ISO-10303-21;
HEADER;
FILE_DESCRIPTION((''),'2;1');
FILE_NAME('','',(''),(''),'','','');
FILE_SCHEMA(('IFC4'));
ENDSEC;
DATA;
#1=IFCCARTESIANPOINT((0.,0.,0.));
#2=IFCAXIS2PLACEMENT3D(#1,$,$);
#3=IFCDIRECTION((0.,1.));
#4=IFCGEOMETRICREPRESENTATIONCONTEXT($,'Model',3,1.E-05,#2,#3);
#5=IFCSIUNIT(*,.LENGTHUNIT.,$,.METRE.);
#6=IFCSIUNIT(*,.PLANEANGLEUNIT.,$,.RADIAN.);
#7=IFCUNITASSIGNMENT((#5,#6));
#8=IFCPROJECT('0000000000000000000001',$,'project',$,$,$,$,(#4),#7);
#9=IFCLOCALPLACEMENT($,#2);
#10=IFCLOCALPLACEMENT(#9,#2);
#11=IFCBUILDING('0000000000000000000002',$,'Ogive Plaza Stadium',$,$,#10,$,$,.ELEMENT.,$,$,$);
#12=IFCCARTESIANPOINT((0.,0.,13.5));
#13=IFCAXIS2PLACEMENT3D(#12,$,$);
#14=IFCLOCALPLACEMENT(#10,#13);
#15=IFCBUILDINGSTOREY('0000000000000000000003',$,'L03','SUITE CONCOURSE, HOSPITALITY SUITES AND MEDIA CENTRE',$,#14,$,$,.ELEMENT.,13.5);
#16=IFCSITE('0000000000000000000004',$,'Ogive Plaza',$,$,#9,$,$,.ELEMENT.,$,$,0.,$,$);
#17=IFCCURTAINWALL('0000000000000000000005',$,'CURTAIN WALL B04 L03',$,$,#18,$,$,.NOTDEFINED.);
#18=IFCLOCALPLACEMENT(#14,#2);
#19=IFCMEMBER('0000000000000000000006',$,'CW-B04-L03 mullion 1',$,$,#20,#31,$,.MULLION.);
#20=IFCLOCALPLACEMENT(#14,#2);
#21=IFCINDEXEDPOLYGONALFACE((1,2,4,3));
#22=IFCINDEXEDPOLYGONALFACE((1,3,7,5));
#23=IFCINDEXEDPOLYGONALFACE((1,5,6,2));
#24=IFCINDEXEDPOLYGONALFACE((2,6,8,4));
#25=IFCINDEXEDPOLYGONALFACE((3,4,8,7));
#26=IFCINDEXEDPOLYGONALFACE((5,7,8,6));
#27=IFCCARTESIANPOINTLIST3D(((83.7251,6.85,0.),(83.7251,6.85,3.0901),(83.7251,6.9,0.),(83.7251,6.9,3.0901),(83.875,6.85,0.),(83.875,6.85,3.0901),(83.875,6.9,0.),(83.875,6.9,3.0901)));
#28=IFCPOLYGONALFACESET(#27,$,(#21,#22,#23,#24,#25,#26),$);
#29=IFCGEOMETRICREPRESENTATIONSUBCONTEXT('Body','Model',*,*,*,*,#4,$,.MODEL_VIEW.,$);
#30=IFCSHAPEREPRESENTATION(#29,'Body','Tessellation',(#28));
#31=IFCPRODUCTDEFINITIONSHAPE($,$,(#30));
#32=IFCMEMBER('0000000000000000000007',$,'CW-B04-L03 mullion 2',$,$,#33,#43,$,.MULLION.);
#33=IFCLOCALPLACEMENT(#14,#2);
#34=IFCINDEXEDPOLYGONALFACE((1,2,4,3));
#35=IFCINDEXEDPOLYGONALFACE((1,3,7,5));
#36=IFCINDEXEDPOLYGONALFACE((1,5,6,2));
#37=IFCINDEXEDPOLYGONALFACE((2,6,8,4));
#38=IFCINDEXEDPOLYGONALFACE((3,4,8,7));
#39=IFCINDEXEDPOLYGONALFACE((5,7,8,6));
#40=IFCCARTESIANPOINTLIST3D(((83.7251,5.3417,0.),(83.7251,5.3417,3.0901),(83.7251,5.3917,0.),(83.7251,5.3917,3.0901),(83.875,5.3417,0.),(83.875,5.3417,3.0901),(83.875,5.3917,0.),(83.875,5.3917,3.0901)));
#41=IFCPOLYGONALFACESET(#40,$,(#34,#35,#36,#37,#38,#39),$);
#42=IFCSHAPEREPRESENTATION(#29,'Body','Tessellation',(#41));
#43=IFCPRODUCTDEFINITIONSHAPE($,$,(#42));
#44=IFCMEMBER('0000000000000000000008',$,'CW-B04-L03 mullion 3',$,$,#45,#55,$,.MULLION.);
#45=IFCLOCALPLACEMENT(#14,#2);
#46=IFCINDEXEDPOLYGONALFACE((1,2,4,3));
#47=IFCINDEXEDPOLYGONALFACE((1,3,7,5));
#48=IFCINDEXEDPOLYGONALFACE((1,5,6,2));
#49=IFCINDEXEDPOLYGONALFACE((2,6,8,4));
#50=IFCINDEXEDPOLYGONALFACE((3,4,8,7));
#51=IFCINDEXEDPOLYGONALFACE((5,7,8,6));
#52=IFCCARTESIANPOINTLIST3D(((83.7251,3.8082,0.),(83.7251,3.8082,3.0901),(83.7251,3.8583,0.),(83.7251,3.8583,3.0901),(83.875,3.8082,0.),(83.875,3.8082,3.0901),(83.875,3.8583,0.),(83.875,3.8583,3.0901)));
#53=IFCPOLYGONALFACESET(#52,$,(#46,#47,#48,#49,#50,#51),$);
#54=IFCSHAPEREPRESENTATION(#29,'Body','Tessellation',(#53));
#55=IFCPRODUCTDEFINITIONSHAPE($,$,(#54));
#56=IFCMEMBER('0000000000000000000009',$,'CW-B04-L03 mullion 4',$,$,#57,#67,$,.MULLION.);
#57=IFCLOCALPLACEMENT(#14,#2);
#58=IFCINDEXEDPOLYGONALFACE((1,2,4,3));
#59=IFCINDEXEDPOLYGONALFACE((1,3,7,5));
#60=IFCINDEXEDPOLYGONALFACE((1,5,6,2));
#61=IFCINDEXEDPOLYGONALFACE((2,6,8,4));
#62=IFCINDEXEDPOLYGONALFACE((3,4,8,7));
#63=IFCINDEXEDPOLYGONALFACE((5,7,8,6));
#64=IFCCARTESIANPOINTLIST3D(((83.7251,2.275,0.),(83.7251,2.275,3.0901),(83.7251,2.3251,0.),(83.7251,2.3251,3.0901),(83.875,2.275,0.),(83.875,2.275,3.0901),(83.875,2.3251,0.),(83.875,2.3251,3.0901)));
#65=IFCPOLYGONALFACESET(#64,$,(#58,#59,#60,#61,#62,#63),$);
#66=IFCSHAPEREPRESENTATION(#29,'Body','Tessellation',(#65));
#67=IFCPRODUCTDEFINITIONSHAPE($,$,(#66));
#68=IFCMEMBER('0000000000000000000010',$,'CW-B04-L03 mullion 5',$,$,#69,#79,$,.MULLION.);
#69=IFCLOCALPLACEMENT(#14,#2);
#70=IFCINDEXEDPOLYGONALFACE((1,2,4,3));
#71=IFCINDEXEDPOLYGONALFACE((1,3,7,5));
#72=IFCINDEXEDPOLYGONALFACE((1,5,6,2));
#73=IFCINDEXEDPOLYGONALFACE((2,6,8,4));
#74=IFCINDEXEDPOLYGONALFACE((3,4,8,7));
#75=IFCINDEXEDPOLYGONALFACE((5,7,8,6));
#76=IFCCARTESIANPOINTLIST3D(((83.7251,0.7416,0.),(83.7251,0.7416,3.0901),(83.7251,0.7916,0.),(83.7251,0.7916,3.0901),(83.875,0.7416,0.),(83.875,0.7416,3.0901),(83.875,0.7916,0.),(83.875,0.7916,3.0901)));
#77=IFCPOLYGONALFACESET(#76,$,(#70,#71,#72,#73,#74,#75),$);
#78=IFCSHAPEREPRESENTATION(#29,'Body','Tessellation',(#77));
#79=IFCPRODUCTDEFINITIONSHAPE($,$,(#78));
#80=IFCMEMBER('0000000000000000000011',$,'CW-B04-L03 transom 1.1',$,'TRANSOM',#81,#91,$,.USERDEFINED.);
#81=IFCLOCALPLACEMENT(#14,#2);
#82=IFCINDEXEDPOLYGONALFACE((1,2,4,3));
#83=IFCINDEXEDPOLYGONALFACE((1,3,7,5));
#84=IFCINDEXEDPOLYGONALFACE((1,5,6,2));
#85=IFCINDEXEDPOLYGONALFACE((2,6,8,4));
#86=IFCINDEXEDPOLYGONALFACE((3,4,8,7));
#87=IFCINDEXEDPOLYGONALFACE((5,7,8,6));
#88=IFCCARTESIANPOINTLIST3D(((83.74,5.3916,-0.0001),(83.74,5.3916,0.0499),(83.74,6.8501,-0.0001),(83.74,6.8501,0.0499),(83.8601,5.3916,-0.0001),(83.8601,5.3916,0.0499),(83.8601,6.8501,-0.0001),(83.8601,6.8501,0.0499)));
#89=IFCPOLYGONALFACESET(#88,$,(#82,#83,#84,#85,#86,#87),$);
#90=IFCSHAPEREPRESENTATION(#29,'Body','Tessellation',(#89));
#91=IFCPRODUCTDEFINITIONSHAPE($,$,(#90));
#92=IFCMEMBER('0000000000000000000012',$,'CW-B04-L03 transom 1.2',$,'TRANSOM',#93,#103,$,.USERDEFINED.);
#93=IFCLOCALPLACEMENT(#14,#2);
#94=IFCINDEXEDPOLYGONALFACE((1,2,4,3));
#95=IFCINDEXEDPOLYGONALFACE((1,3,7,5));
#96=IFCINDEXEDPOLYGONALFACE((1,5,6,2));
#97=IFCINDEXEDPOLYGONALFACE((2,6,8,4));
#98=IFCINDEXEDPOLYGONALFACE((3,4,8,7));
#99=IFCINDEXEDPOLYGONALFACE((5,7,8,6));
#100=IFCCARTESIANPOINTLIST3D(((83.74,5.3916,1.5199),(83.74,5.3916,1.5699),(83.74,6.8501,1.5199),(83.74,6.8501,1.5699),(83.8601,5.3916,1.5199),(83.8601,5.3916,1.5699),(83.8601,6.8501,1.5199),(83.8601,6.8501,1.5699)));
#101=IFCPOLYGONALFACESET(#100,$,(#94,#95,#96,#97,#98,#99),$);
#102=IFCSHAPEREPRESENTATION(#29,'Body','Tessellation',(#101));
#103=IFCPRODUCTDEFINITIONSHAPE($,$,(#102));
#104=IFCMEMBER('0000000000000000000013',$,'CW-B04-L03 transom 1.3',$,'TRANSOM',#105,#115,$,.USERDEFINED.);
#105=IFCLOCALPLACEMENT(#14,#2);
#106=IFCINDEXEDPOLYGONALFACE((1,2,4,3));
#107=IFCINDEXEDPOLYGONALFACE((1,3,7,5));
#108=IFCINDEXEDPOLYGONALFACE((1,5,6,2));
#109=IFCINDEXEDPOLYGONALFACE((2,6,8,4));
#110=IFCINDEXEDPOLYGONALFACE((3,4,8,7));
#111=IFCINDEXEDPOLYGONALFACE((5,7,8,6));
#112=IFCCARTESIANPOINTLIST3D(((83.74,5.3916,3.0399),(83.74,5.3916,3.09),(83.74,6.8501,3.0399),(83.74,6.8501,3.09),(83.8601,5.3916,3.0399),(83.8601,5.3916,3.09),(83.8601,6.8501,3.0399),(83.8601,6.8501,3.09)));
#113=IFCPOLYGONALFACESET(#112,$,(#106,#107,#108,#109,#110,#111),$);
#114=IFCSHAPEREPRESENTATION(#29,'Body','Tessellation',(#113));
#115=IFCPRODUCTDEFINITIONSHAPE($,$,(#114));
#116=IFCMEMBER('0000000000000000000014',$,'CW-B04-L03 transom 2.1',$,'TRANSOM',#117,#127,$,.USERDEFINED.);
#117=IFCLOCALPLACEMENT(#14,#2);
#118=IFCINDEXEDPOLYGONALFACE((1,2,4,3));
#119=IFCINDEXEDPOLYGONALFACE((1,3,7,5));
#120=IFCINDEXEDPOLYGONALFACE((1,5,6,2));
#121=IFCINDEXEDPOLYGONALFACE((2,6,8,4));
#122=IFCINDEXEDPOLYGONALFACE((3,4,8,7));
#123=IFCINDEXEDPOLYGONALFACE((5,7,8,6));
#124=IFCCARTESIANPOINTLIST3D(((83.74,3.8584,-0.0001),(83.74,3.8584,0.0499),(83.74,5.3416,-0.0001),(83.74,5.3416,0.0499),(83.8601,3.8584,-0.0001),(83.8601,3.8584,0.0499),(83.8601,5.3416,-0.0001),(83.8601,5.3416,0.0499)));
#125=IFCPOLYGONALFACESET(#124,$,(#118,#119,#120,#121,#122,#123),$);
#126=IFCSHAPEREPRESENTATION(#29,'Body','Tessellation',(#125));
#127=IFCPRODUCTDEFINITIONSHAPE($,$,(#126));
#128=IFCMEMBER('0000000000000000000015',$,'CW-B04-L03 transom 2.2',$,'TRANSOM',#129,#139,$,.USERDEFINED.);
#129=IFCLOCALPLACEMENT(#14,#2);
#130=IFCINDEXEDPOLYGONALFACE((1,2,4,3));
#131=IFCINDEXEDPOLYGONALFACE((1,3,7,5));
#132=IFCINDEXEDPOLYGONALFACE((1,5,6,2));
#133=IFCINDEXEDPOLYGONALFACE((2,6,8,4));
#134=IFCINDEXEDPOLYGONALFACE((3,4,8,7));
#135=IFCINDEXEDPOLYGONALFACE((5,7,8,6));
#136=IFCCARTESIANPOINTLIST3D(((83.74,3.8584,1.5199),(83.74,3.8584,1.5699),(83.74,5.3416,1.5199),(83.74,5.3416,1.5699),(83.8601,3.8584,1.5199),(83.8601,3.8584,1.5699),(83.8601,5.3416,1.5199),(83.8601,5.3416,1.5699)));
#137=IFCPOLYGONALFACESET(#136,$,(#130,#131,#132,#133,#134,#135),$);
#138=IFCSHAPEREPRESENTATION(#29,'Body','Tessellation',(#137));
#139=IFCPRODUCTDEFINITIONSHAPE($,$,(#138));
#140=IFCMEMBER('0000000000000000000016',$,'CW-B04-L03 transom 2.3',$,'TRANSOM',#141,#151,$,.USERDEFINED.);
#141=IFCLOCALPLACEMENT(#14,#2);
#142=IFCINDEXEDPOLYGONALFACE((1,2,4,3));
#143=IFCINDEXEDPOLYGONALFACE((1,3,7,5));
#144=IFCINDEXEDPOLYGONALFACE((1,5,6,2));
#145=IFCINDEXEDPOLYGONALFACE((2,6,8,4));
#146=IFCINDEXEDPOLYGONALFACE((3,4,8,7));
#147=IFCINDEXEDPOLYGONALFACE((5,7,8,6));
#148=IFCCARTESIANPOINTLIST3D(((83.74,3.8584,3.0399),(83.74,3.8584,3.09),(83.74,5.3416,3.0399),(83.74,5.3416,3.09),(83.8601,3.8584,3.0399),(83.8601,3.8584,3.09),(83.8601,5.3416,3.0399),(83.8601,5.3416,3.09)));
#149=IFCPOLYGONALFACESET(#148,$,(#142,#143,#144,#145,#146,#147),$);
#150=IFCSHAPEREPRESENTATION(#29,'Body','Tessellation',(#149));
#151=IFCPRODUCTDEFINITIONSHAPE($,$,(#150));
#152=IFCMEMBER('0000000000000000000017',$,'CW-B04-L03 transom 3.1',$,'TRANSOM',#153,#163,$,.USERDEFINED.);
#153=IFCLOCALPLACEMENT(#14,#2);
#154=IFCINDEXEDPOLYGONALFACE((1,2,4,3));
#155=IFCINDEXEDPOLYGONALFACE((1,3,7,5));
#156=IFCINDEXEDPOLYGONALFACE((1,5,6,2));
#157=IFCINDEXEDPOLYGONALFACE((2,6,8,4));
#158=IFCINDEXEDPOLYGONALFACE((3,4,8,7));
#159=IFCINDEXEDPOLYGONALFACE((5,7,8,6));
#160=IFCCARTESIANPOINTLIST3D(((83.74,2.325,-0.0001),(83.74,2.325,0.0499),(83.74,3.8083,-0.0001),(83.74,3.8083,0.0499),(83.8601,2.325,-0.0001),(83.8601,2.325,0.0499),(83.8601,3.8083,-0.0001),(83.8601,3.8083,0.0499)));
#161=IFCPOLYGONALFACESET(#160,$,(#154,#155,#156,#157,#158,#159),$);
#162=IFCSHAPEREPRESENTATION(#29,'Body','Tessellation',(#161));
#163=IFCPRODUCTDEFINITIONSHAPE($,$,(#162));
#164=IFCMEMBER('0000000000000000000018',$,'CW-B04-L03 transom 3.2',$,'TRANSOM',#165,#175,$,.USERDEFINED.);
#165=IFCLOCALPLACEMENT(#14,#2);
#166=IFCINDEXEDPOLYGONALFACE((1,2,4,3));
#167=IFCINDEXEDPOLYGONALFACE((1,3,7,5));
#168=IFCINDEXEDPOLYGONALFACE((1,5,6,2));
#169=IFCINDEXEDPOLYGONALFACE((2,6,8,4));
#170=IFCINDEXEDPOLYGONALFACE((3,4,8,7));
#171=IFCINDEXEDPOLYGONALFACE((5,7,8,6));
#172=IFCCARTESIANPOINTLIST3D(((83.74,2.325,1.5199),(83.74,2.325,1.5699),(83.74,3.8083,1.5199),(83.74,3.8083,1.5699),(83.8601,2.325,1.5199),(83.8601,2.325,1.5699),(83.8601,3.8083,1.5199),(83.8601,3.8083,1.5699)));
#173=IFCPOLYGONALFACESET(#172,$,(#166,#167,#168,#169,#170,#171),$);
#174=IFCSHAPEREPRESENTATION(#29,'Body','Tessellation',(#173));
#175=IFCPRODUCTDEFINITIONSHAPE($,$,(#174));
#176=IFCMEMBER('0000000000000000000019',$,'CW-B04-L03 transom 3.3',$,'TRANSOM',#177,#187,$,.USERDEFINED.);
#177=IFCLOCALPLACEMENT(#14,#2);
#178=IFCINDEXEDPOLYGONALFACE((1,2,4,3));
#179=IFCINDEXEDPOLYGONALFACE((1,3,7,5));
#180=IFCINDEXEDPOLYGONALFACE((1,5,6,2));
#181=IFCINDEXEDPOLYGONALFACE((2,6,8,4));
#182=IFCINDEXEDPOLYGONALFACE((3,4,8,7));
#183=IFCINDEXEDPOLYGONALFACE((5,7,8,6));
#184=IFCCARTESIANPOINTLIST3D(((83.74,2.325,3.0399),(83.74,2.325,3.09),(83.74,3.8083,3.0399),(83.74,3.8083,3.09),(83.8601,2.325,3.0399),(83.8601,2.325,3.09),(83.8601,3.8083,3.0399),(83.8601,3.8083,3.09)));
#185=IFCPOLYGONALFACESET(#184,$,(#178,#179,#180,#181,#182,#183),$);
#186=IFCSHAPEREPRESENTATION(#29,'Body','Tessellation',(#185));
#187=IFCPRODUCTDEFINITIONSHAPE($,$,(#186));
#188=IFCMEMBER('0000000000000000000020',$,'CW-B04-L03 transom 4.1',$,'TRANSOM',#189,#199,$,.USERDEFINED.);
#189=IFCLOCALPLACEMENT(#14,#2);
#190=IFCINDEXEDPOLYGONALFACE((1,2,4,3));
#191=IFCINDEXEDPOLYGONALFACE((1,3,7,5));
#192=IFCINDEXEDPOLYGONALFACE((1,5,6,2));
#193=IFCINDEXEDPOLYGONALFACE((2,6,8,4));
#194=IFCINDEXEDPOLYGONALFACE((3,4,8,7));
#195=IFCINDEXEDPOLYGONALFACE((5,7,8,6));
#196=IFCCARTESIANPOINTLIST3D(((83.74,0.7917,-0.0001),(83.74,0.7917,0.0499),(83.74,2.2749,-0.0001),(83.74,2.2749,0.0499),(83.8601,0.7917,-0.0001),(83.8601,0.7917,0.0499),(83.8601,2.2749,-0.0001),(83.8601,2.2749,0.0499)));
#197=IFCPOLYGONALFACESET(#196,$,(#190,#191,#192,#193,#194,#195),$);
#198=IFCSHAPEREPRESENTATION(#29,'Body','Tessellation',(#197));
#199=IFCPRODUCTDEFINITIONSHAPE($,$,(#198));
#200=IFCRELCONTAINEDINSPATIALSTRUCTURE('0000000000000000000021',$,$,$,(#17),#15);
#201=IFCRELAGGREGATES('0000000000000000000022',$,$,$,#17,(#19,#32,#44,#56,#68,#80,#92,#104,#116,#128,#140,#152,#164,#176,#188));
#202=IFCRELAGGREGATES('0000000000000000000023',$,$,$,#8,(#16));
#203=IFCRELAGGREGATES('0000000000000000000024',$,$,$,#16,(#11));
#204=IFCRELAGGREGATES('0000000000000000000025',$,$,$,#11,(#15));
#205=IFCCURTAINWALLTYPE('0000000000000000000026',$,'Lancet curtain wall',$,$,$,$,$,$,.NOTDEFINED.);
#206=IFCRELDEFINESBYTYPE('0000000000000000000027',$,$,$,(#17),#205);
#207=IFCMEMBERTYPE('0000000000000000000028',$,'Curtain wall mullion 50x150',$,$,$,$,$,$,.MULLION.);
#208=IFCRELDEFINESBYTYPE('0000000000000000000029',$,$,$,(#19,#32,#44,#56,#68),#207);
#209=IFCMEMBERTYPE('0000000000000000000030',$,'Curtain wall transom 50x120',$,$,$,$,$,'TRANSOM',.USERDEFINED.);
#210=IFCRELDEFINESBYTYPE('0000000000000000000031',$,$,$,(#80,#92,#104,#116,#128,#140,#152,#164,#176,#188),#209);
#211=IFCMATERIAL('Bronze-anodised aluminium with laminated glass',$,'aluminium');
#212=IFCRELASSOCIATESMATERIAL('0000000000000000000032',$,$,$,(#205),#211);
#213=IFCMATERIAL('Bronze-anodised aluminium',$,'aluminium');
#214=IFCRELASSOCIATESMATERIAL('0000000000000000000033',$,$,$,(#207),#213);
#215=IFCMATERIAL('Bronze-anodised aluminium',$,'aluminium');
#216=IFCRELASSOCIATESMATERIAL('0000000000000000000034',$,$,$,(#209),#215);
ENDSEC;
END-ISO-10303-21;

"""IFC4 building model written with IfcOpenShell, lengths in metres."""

from ifc_helpers import new_model, si_unit, direction, frame, origin, origin_2d, place, context, subcontext, project, spatial, rectangle, extrude, material, material_profile, profile_set, type_object, element, aggregate, save


model = new_model("IFC4")

# Units and contexts
model_context = context("Model", 3, precision=1e-05, world=origin(), true_north=direction((0.0, 1.0)))
body_context = subcontext(model_context, "Body", "Model", "MODEL_VIEW")
ifc_project = project(units=[si_unit("LENGTHUNIT", "METRE"), si_unit("PLANEANGLEUNIT", "RADIAN")], contexts=[model_context])

# Site, building, storey
site_placement = place(None, origin())
site = spatial("IfcSite", under=ifc_project, at=site_placement, Name="Ogive Plaza", CompositionType="ELEMENT", RefElevation=0.0)
building_placement = place(site_placement, origin())
building = spatial("IfcBuilding", under=site, at=building_placement, Name="Ogive Plaza Stadium", CompositionType="ELEMENT")
storey_placement = place(building_placement, frame((0.0, 0.0, 13.5)))
storey = spatial("IfcBuildingStorey", under=building, at=storey_placement, Name="L03", Description="SUITE CONCOURSE, HOSPITALITY SUITES AND MEDIA CENTRE", CompositionType="ELEMENT", Elevation=13.5)

# Curtain wall, members
ifc_material_1 = material(Name="Bronze-anodised aluminium with laminated glass", Category="aluminium")
curtain_wall_type = type_object("IfcCurtainWallType", Name="Lancet curtain wall", PredefinedType="NOTDEFINED", material=ifc_material_1)
curtain_wall_placement = place(storey_placement, origin())
curtain_wall = element("IfcCurtainWall", 1, at=curtain_wall_placement, inside=storey, type_object=curtain_wall_type, Name="CURTAIN WALL B04 L03", PredefinedType="NOTDEFINED")
ifc_material_2 = material(Name="Bronze-anodised aluminium", Category="aluminium")
ifc_material_profile_1 = material_profile(ifc_material_2, rectangle(XDim=0.1499, YDim=0.05, at=origin_2d()), Name="AL 150x50")
ifc_profile_set_1 = profile_set([ifc_material_profile_1], Name="Bronze-anodised aluminium")
member_type_1 = type_object("IfcMemberType", Name="Curtain wall mullion 50x150", PredefinedType="MULLION", material=ifc_profile_set_1)
member_1_placement = place(storey_placement, frame((83.8, 6.875, 0.0), z_axis=(0.0, 0.0, 1.0), x_axis=(1.0, 0.0, 0.0)))
member_1 = element("IfcMember", 2, at=member_1_placement, type_object=member_type_1, Name="CW-B04-L03 mullion 1", PredefinedType="MULLION", context=body_context, shape_type="SweptSolid", body=[
    extrude(rectangle(XDim=0.1499, YDim=0.05, at=origin_2d()), origin(), (0.0, 0.0, 1.0), 3.0901),
])
member_2_placement = place(storey_placement, frame((83.8, 5.3667, 0.0), z_axis=(0.0, 0.0, 1.0), x_axis=(1.0, 0.0, 0.0)))
member_2 = element("IfcMember", 3, at=member_2_placement, type_object=member_type_1, Name="CW-B04-L03 mullion 2", PredefinedType="MULLION", context=body_context, shape_type="SweptSolid", body=[
    extrude(rectangle(XDim=0.1499, YDim=0.05, at=origin_2d()), origin(), (0.0, 0.0, 1.0), 3.0901),
])
member_3_placement = place(storey_placement, frame((83.8, 3.8333, 0.0), z_axis=(0.0, 0.0, 1.0), x_axis=(1.0, 0.0, 0.0)))
member_3 = element("IfcMember", 4, at=member_3_placement, type_object=member_type_1, Name="CW-B04-L03 mullion 3", PredefinedType="MULLION", context=body_context, shape_type="SweptSolid", body=[
    extrude(rectangle(XDim=0.1499, YDim=0.05, at=origin_2d()), origin(), (0.0, 0.0, 1.0), 3.0901),
])
member_4_placement = place(storey_placement, frame((83.8, 2.3, 0.0), z_axis=(0.0, 0.0, 1.0), x_axis=(1.0, 0.0, 0.0)))
member_4 = element("IfcMember", 5, at=member_4_placement, type_object=member_type_1, Name="CW-B04-L03 mullion 4", PredefinedType="MULLION", context=body_context, shape_type="SweptSolid", body=[
    extrude(rectangle(XDim=0.1499, YDim=0.05, at=origin_2d()), origin(), (0.0, 0.0, 1.0), 3.0901),
])
member_5_placement = place(storey_placement, frame((83.8, 0.7666, 0.0), z_axis=(0.0, 0.0, 1.0), x_axis=(1.0, 0.0, 0.0)))
member_5 = element("IfcMember", 6, at=member_5_placement, type_object=member_type_1, Name="CW-B04-L03 mullion 5", PredefinedType="MULLION", context=body_context, shape_type="SweptSolid", body=[
    extrude(rectangle(XDim=0.1499, YDim=0.05, at=origin_2d()), origin(), (0.0, 0.0, 1.0), 3.0901),
])
ifc_material_3 = material(Name="Bronze-anodised aluminium", Category="aluminium")
ifc_material_profile_2 = material_profile(ifc_material_3, rectangle(XDim=0.1201, YDim=0.05, at=origin_2d()), Name="AL 120x50")
ifc_profile_set_2 = profile_set([ifc_material_profile_2], Name="Bronze-anodised aluminium")
member_type_2 = type_object("IfcMemberType", Name="Curtain wall transom 50x120", ElementType="TRANSOM", PredefinedType="USERDEFINED", material=ifc_profile_set_2)
member_6_placement = place(storey_placement, frame((83.8, 6.8501, 0.0249), z_axis=(0.0, -1.0, 0.0), x_axis=(1.0, 0.0, 0.0)))
member_6 = element("IfcMember", 7, at=member_6_placement, type_object=member_type_2, Name="CW-B04-L03 transom 1.1", ObjectType="TRANSOM", PredefinedType="USERDEFINED", context=body_context, shape_type="SweptSolid", body=[
    extrude(rectangle(XDim=0.1201, YDim=0.05, at=origin_2d()), origin(), (0.0, 0.0, 1.0), 1.4585),
])
member_7_placement = place(storey_placement, frame((83.8, 6.8501, 1.5449), z_axis=(0.0, -1.0, 0.0), x_axis=(1.0, 0.0, 0.0)))
member_7 = element("IfcMember", 8, at=member_7_placement, type_object=member_type_2, Name="CW-B04-L03 transom 1.2", ObjectType="TRANSOM", PredefinedType="USERDEFINED", context=body_context, shape_type="SweptSolid", body=[
    extrude(rectangle(XDim=0.1201, YDim=0.05, at=origin_2d()), origin(), (0.0, 0.0, 1.0), 1.4585),
])
member_8_placement = place(storey_placement, frame((83.8, 6.8501, 3.0649), z_axis=(0.0, -1.0, 0.0), x_axis=(1.0, 0.0, 0.0)))
member_8 = element("IfcMember", 9, at=member_8_placement, type_object=member_type_2, Name="CW-B04-L03 transom 1.3", ObjectType="TRANSOM", PredefinedType="USERDEFINED", context=body_context, shape_type="SweptSolid", body=[
    extrude(rectangle(XDim=0.1201, YDim=0.05, at=origin_2d()), origin(), (0.0, 0.0, 1.0), 1.4585),
])
member_9_placement = place(storey_placement, frame((83.8, 5.3416, 0.0249), z_axis=(0.0, -1.0, 0.0), x_axis=(1.0, 0.0, 0.0)))
member_9 = element("IfcMember", 10, at=member_9_placement, type_object=member_type_2, Name="CW-B04-L03 transom 2.1", ObjectType="TRANSOM", PredefinedType="USERDEFINED", context=body_context, shape_type="SweptSolid", body=[
    extrude(rectangle(XDim=0.1201, YDim=0.05, at=origin_2d()), origin(), (0.0, 0.0, 1.0), 1.4832),
])
member_10_placement = place(storey_placement, frame((83.8, 5.3416, 1.5449), z_axis=(0.0, -1.0, 0.0), x_axis=(1.0, 0.0, 0.0)))
member_10 = element("IfcMember", 11, at=member_10_placement, type_object=member_type_2, Name="CW-B04-L03 transom 2.2", ObjectType="TRANSOM", PredefinedType="USERDEFINED", context=body_context, shape_type="SweptSolid", body=[
    extrude(rectangle(XDim=0.1201, YDim=0.05, at=origin_2d()), origin(), (0.0, 0.0, 1.0), 1.4832),
])
member_11_placement = place(storey_placement, frame((83.8, 5.3416, 3.0649), z_axis=(0.0, -1.0, 0.0), x_axis=(1.0, 0.0, 0.0)))
member_11 = element("IfcMember", 12, at=member_11_placement, type_object=member_type_2, Name="CW-B04-L03 transom 2.3", ObjectType="TRANSOM", PredefinedType="USERDEFINED", context=body_context, shape_type="SweptSolid", body=[
    extrude(rectangle(XDim=0.1201, YDim=0.05, at=origin_2d()), origin(), (0.0, 0.0, 1.0), 1.4832),
])
member_12_placement = place(storey_placement, frame((83.8, 3.8083, 0.0249), z_axis=(0.0, -1.0, 0.0), x_axis=(1.0, 0.0, 0.0)))
member_12 = element("IfcMember", 13, at=member_12_placement, type_object=member_type_2, Name="CW-B04-L03 transom 3.1", ObjectType="TRANSOM", PredefinedType="USERDEFINED", context=body_context, shape_type="SweptSolid", body=[
    extrude(rectangle(XDim=0.1201, YDim=0.05, at=origin_2d()), origin(), (0.0, 0.0, 1.0), 1.4834),
])
member_13_placement = place(storey_placement, frame((83.8, 3.8083, 1.5449), z_axis=(0.0, -1.0, 0.0), x_axis=(1.0, 0.0, 0.0)))
member_13 = element("IfcMember", 14, at=member_13_placement, type_object=member_type_2, Name="CW-B04-L03 transom 3.2", ObjectType="TRANSOM", PredefinedType="USERDEFINED", context=body_context, shape_type="SweptSolid", body=[
    extrude(rectangle(XDim=0.1201, YDim=0.05, at=origin_2d()), origin(), (0.0, 0.0, 1.0), 1.4834),
])
member_14_placement = place(storey_placement, frame((83.8, 3.8083, 3.0649), z_axis=(0.0, -1.0, 0.0), x_axis=(1.0, 0.0, 0.0)))
member_14 = element("IfcMember", 15, at=member_14_placement, type_object=member_type_2, Name="CW-B04-L03 transom 3.3", ObjectType="TRANSOM", PredefinedType="USERDEFINED", context=body_context, shape_type="SweptSolid", body=[
    extrude(rectangle(XDim=0.1201, YDim=0.05, at=origin_2d()), origin(), (0.0, 0.0, 1.0), 1.4834),
])
member_15_placement = place(storey_placement, frame((83.8, 2.2749, 0.0249), z_axis=(0.0, -1.0, 0.0), x_axis=(1.0, 0.0, 0.0)))
member_15 = element("IfcMember", 16, at=member_15_placement, type_object=member_type_2, Name="CW-B04-L03 transom 4.1", ObjectType="TRANSOM", PredefinedType="USERDEFINED", context=body_context, shape_type="SweptSolid", body=[
    extrude(rectangle(XDim=0.1201, YDim=0.05, at=origin_2d()), origin(), (0.0, 0.0, 1.0), 1.4832),
])

aggregate(curtain_wall, [member_1, member_2, member_3, member_4, member_5, member_6, member_7, member_8, member_9, member_10, member_11, member_12, member_13, member_14, member_15])

save(model, "model.ifc")
